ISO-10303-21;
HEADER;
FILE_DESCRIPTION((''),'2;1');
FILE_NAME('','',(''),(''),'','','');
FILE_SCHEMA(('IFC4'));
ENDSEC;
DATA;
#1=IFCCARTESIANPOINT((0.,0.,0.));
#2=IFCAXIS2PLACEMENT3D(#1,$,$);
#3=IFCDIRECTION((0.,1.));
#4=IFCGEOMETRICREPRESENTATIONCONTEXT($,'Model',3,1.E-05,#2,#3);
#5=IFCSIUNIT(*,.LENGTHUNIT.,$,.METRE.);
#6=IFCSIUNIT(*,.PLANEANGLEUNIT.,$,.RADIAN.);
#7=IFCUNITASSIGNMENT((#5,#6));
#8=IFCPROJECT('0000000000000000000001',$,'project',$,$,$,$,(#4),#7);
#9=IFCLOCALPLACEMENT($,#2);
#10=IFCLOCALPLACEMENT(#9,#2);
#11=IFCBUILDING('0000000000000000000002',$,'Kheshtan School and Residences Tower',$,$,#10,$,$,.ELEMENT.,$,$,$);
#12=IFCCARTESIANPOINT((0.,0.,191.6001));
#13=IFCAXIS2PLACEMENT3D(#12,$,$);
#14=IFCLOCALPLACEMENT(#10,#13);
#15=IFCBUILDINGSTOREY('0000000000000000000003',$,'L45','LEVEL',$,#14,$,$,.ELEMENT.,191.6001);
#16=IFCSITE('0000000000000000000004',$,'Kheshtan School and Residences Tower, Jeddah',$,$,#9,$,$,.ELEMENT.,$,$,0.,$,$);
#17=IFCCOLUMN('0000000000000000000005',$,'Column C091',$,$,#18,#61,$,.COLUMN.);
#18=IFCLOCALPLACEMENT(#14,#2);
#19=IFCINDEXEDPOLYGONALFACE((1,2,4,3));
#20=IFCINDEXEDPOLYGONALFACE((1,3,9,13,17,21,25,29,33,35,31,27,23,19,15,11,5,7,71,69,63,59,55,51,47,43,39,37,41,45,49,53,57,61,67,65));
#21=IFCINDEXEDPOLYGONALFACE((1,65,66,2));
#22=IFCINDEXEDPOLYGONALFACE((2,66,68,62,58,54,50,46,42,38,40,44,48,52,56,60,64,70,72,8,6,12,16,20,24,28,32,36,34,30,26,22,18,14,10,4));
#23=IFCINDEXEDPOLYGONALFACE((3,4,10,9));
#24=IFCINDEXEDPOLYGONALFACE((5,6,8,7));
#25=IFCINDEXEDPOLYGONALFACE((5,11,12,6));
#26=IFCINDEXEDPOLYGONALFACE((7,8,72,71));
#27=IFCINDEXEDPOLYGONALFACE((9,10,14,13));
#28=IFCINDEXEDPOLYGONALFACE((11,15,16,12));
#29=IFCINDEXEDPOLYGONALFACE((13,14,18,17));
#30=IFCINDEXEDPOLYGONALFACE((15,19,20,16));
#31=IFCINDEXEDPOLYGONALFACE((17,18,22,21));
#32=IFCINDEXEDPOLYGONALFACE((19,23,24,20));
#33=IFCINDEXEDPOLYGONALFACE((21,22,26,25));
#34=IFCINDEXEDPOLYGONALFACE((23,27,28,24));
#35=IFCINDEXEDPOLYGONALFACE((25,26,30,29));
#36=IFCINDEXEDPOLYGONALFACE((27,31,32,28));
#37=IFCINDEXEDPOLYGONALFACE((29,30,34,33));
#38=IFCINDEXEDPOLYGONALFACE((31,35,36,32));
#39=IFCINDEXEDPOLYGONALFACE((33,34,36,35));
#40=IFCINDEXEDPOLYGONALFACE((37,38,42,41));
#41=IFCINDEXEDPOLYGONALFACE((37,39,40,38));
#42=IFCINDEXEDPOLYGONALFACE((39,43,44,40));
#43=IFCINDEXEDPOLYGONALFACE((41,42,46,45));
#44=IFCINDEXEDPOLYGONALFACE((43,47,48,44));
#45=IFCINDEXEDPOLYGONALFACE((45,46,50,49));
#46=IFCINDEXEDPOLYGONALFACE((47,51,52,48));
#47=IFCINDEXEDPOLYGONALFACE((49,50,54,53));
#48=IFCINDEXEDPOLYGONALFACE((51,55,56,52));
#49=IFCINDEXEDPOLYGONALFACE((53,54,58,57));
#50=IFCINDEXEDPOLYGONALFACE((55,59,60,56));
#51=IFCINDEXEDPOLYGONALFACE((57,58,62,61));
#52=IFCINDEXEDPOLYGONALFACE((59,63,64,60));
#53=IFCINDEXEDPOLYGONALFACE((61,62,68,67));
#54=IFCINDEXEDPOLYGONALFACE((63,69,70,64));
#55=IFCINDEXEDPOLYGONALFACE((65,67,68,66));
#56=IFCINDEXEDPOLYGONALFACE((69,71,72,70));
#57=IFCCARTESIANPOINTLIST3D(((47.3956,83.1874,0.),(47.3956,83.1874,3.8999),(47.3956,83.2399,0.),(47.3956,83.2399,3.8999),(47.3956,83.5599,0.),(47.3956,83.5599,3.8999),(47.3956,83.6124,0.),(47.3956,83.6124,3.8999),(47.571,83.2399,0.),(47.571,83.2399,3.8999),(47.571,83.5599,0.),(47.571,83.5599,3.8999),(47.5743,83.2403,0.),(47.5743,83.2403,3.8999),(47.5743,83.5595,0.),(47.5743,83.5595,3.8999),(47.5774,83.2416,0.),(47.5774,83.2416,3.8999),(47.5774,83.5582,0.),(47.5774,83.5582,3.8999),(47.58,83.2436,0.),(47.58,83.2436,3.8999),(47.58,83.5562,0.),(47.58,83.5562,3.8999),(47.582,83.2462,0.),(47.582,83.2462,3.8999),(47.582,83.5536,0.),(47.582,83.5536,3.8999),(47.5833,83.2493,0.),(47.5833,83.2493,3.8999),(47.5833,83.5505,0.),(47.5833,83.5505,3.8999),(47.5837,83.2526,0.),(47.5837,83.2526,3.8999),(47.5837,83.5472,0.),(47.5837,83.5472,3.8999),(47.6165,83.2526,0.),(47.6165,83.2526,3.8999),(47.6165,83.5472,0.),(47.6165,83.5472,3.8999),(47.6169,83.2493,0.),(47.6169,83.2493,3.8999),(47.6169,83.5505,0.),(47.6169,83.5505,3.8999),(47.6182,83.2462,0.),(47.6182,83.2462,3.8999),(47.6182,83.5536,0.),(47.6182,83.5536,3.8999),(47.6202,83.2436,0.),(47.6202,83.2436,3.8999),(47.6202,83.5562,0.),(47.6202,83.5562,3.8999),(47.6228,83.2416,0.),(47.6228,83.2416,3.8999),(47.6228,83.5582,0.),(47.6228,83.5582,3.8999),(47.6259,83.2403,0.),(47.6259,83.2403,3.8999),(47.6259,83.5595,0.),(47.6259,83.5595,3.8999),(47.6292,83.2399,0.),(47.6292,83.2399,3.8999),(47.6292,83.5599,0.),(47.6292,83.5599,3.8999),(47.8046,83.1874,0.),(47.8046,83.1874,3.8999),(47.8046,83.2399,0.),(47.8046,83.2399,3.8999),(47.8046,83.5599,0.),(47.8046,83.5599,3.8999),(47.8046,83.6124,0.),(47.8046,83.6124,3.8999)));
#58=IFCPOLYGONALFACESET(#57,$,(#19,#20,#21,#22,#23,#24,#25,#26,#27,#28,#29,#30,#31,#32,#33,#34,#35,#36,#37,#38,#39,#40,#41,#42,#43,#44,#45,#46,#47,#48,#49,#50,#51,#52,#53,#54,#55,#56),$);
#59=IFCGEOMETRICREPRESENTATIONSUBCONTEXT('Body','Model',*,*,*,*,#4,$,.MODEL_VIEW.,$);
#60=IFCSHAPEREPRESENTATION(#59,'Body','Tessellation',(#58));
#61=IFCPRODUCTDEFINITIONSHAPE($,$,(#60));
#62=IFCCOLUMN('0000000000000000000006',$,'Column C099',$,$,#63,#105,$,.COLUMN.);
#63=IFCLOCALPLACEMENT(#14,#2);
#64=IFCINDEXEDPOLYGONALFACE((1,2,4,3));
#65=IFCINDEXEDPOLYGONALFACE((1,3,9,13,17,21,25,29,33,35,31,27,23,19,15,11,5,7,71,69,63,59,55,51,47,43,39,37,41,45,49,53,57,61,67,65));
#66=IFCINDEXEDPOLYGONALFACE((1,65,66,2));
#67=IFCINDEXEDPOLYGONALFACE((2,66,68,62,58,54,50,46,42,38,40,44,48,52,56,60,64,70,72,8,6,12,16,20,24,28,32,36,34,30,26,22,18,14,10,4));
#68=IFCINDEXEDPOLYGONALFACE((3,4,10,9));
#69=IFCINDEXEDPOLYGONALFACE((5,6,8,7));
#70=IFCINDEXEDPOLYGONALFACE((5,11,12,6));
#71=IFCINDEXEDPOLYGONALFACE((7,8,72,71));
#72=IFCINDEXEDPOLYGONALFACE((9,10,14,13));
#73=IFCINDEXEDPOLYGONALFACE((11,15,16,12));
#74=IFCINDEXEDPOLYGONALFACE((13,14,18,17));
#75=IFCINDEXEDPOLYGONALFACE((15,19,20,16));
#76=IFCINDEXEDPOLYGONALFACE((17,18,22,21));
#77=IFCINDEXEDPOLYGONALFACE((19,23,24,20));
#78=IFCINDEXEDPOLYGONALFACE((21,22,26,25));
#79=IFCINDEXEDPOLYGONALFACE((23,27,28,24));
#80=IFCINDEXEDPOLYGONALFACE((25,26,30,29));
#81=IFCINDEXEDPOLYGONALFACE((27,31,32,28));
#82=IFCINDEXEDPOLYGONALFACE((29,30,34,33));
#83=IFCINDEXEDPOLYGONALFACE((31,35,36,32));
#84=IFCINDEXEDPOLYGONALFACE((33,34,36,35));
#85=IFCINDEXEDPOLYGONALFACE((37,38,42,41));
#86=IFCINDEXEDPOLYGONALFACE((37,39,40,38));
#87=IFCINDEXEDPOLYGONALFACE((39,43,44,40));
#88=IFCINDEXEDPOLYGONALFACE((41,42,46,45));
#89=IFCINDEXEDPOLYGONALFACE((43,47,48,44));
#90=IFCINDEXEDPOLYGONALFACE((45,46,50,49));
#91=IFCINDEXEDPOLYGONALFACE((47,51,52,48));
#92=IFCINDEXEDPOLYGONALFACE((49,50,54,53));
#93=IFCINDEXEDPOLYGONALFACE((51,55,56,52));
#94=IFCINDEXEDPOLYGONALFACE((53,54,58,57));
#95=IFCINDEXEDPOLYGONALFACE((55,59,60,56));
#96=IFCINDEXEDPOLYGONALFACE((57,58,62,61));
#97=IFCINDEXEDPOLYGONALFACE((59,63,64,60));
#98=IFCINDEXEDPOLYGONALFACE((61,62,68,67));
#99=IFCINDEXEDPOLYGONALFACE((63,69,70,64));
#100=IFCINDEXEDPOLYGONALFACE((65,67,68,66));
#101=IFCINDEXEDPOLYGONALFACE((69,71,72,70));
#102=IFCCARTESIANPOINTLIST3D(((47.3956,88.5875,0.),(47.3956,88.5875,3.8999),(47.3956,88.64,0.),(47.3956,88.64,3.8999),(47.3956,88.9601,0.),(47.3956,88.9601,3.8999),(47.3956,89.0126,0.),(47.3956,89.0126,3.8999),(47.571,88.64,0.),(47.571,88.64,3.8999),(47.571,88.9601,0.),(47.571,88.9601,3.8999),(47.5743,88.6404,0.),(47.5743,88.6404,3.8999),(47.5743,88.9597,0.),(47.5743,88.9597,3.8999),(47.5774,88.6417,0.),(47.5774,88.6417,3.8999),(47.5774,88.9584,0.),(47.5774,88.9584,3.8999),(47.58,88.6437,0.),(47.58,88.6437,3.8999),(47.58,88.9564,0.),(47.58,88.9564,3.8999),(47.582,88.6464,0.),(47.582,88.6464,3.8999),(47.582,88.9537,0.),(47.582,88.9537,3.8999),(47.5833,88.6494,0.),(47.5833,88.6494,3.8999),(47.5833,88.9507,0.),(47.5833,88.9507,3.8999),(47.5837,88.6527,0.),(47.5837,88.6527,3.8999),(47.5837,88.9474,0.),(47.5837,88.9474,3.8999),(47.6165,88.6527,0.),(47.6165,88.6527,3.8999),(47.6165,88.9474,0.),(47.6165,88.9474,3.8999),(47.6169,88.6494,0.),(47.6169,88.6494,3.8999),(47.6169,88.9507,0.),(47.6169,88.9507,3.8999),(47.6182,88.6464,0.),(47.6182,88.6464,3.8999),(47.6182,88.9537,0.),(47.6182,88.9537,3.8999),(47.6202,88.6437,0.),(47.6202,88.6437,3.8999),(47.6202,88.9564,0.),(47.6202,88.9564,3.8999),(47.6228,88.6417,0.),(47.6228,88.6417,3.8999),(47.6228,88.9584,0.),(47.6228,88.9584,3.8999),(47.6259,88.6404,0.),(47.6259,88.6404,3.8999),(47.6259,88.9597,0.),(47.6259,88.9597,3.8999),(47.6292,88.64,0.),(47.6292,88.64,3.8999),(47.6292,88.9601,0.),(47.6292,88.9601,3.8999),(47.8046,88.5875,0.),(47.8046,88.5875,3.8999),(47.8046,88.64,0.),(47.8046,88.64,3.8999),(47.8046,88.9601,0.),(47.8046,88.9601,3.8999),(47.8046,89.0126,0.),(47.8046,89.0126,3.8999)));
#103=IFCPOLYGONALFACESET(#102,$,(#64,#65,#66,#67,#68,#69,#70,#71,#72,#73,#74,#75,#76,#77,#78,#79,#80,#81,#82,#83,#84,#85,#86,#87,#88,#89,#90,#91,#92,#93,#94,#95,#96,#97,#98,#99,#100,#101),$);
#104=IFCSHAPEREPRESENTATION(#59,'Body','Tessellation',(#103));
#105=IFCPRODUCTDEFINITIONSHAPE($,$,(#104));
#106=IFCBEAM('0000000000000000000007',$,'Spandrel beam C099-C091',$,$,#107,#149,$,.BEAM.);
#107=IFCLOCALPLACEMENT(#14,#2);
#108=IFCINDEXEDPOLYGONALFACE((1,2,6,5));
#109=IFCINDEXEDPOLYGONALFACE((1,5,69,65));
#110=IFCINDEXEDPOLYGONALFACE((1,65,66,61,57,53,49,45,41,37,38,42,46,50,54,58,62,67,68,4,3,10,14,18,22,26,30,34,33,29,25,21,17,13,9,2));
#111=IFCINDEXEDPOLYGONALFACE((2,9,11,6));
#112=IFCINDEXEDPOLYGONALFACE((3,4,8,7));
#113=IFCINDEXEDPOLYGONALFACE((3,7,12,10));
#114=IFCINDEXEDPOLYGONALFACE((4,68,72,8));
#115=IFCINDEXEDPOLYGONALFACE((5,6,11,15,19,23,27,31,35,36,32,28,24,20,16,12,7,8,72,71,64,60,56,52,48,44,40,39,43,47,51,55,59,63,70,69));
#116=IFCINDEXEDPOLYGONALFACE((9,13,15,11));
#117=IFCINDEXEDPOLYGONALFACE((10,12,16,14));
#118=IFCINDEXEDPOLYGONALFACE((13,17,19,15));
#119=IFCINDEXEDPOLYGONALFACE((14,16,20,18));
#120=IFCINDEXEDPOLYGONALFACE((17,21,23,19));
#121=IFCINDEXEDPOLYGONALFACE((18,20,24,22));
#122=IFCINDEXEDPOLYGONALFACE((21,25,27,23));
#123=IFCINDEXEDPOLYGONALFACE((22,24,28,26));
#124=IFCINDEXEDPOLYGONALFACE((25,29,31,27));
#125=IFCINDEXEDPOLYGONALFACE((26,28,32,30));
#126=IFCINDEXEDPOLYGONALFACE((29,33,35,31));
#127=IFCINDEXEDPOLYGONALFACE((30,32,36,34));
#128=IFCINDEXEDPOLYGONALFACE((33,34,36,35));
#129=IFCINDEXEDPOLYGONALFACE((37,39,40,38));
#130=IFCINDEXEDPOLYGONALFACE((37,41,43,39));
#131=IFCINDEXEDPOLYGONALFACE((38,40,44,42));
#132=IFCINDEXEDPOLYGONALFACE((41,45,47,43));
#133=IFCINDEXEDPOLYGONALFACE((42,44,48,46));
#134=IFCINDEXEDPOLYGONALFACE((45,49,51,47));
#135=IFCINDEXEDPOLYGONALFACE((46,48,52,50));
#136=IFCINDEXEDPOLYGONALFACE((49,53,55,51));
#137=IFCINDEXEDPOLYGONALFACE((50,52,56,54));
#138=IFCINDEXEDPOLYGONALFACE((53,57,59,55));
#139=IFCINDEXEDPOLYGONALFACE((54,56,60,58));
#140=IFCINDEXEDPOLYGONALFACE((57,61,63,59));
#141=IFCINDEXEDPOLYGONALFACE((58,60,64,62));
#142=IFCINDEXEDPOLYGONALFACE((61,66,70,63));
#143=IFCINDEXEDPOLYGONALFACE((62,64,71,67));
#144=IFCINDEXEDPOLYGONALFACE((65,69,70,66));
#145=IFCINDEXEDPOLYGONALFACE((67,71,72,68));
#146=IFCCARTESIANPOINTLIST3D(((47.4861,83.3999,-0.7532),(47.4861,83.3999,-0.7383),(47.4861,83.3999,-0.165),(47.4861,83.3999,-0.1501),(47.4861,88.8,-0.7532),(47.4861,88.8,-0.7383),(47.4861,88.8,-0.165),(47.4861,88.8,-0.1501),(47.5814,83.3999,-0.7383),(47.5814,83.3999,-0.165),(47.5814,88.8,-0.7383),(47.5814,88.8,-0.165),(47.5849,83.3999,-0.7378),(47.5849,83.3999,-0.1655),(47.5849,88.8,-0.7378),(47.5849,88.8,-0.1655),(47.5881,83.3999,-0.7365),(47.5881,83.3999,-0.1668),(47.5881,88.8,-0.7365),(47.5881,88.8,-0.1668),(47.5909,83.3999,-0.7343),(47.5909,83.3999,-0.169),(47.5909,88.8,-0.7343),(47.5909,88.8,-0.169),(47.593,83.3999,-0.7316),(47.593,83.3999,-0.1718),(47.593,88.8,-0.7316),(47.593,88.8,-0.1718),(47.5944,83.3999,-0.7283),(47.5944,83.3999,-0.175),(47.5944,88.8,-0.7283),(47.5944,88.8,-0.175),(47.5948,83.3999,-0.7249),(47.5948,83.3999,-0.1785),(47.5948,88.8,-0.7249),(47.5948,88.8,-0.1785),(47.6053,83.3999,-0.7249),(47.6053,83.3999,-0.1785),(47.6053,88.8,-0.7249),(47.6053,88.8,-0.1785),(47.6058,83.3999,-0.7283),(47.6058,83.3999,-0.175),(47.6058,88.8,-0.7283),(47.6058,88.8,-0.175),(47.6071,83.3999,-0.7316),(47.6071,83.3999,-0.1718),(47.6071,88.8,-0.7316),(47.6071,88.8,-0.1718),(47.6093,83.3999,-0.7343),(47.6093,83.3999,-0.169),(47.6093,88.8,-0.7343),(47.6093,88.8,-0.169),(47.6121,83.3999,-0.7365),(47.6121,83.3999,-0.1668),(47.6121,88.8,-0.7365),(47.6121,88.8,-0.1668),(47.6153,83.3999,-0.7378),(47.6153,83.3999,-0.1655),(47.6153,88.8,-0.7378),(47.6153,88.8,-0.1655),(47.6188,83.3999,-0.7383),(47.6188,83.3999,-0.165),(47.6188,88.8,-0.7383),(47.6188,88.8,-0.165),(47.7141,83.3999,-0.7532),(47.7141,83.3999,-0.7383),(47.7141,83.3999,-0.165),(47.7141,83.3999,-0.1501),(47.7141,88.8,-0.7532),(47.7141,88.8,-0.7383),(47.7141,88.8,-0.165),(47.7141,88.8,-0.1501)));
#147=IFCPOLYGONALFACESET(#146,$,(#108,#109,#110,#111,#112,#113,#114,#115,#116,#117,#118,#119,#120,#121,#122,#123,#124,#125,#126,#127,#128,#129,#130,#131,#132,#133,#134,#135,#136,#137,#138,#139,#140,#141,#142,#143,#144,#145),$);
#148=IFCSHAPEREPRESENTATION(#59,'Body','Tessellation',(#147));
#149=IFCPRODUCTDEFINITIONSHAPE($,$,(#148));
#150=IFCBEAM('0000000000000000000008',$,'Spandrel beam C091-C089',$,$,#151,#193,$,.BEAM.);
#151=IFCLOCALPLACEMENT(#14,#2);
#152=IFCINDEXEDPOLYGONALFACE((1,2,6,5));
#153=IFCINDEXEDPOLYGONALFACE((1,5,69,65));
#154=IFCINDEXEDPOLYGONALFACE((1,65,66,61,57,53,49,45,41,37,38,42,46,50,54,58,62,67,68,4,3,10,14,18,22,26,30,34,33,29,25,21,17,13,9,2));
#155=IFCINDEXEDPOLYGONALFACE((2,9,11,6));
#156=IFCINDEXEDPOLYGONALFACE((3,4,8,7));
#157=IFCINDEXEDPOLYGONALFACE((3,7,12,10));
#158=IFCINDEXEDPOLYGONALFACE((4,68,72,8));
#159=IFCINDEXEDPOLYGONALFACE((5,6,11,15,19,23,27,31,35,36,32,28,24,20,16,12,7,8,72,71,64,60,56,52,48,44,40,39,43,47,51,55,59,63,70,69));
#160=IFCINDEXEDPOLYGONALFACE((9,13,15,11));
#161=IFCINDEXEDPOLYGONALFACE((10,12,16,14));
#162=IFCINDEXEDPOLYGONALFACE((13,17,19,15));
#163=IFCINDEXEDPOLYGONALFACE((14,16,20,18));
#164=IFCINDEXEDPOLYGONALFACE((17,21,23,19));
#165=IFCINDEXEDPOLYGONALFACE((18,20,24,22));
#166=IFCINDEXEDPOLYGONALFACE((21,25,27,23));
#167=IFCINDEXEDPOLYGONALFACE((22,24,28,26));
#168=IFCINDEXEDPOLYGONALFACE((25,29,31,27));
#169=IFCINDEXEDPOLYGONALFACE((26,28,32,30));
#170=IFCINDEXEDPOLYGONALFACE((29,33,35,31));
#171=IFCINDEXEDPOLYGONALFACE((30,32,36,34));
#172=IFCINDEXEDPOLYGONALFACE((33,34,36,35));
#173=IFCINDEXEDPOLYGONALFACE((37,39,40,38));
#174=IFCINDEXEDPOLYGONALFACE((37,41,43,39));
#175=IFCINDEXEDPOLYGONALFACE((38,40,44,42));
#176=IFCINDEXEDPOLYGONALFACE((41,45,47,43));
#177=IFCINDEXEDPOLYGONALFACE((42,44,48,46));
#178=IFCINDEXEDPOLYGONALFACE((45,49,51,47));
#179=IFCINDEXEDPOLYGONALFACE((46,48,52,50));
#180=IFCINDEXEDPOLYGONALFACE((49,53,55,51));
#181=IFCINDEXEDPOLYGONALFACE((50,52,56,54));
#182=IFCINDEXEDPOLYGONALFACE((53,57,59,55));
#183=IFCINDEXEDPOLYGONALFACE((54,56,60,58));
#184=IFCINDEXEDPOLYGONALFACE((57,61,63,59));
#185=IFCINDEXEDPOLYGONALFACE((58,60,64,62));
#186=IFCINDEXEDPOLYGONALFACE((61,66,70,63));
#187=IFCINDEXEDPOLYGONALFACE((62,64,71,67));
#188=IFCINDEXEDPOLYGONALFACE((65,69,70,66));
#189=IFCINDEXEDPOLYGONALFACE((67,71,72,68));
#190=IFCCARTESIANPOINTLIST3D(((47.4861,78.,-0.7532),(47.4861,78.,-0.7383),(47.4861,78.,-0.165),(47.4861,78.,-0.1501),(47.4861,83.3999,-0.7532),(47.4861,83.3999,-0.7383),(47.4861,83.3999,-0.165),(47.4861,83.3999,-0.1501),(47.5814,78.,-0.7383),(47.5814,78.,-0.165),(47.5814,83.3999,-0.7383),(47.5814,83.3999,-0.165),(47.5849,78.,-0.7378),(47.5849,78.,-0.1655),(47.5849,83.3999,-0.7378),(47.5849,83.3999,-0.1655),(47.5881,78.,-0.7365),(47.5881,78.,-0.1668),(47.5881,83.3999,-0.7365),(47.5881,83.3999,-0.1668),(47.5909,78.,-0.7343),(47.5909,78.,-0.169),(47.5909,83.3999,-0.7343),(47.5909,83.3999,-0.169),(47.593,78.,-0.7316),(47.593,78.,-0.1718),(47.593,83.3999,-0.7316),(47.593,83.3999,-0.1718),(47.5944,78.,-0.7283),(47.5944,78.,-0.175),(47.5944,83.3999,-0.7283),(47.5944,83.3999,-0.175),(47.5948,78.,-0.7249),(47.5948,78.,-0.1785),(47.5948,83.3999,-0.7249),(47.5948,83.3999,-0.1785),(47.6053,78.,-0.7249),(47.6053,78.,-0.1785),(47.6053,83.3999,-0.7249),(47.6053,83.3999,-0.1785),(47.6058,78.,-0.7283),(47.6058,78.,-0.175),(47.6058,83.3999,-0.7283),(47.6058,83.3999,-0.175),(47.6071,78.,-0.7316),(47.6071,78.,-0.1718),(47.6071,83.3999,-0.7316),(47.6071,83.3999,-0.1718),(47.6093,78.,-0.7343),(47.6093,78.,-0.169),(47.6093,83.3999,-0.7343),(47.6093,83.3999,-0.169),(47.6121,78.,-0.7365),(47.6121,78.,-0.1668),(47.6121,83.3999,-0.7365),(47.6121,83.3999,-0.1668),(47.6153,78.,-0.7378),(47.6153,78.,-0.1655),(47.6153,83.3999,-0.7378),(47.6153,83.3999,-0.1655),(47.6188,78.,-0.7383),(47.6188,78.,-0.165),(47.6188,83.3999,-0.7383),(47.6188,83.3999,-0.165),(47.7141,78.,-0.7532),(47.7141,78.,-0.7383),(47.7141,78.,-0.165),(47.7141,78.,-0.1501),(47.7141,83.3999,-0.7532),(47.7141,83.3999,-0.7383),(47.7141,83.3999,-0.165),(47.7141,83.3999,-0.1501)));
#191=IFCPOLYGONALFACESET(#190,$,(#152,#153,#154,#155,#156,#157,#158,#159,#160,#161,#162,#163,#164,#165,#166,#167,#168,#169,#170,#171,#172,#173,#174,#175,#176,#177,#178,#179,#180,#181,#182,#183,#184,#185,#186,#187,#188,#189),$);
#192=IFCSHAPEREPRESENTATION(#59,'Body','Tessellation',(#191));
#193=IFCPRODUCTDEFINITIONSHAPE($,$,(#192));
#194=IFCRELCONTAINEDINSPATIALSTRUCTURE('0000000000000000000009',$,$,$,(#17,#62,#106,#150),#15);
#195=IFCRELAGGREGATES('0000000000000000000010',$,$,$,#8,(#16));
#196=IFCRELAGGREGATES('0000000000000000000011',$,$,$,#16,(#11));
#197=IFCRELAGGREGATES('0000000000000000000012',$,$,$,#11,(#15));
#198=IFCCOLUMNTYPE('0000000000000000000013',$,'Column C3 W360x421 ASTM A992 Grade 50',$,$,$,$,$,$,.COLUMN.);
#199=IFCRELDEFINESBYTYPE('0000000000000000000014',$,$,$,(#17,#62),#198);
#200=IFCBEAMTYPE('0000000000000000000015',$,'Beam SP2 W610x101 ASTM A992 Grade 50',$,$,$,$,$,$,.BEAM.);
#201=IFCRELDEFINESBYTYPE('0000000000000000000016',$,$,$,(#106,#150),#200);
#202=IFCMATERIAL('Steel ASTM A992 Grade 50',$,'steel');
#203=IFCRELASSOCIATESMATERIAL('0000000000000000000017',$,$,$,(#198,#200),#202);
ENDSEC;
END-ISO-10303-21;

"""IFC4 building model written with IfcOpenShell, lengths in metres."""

from ifc_helpers import new_model, si_unit, direction, frame, origin, origin_2d, place, context, subcontext, project, spatial, i_section, extrude, material, material_profile, profile_set, type_object, element, save


model = new_model("IFC4")

# Units and contexts
model_context = context("Model", 3, precision=1e-05, world=origin(), true_north=direction((0.0, 1.0)))
body_context = subcontext(model_context, "Body", "Model", "MODEL_VIEW")
ifc_project = project(units=[si_unit("LENGTHUNIT", "METRE"), si_unit("PLANEANGLEUNIT", "RADIAN")], contexts=[model_context])

# Site, building, storey
site_placement = place(None, origin())
site = spatial("IfcSite", under=ifc_project, at=site_placement, Name="Kheshtan School and Residences Tower, Jeddah", CompositionType="ELEMENT", RefElevation=0.0)
building_placement = place(site_placement, origin())
building = spatial("IfcBuilding", under=site, at=building_placement, Name="Kheshtan School and Residences Tower", CompositionType="ELEMENT")
storey_placement = place(building_placement, frame((0.0, 0.0, 191.6001)))
storey = spatial("IfcBuildingStorey", under=building, at=storey_placement, Name="L45", Description="LEVEL", CompositionType="ELEMENT", Elevation=191.6001)

# Columns
ifc_material_1 = material(Name="Steel ASTM A992 Grade 50", Category="steel")
ifc_material_profile_1 = material_profile(ifc_material_1, i_section(OverallWidth=0.4089, OverallDepth=0.425, WebThickness=0.0327, FlangeThickness=0.0525, FilletRadius=0.0127, at=origin_2d()), Name="W360x421")
ifc_profile_set_1 = profile_set([ifc_material_profile_1], Name="Steel ASTM A992 Grade 50")
column_type = type_object("IfcColumnType", Name="Column C3 W360x421 ASTM A992 Grade 50", PredefinedType="COLUMN", material=ifc_profile_set_1)
for number, where, z_axis, x_axis, name in (
    (1, (47.6001, 83.3999, 0.0), (0.0, 0.0, 1.0), (1.0, 0.0, 0.0), "Column C091"),
    (2, (47.6001, 88.8, 0.0), (0.0, 0.0, 1.0), (1.0, 0.0, 0.0), "Column C099"),
):
    element("IfcColumn", number, at=place(storey_placement, frame(where, z_axis=z_axis, x_axis=x_axis)), inside=storey, type_object=column_type, Name=name, PredefinedType="COLUMN", context=body_context, shape_type="SweptSolid", body=[
        extrude(i_section(OverallWidth=0.4089, OverallDepth=0.425, WebThickness=0.0327, FlangeThickness=0.0525, FilletRadius=0.0127, at=origin_2d()), origin(), (0.0, 0.0, 1.0), 3.8999),
    ])

# Beams
ifc_material_profile_2 = material_profile(ifc_material_1, i_section(OverallWidth=0.228, OverallDepth=0.603, WebThickness=0.0105, FlangeThickness=0.0149, FilletRadius=0.0134, at=origin_2d()), Name="W610x101")
ifc_profile_set_2 = profile_set([ifc_material_profile_2], Name="Steel ASTM A992 Grade 50")
beam_type = type_object("IfcBeamType", Name="Beam SP2 W610x101 ASTM A992 Grade 50", PredefinedType="BEAM", material=ifc_profile_set_2)
beam_1_placement = place(storey_placement, frame((47.6001, 88.8, -0.4517), z_axis=(0.0, -1.0, 0.0), x_axis=(1.0, 0.0, 0.0)))
element("IfcBeam", 3, at=beam_1_placement, inside=storey, type_object=beam_type, Name="Spandrel beam C099-C091", PredefinedType="BEAM", context=body_context, shape_type="SweptSolid", body=[
    extrude(i_section(OverallWidth=0.228, OverallDepth=0.603, WebThickness=0.0105, FlangeThickness=0.0149, FilletRadius=0.0134, at=origin_2d()), origin(), (0.0, 0.0, 1.0), 5.4001),
])
beam_2_placement = place(storey_placement, frame((47.6001, 83.3999, -0.4517), z_axis=(0.0, -1.0, 0.0), x_axis=(1.0, 0.0, 0.0)))
element("IfcBeam", 4, at=beam_2_placement, inside=storey, type_object=beam_type, Name="Spandrel beam C091-C089", PredefinedType="BEAM", context=body_context, shape_type="SweptSolid", body=[
    extrude(i_section(OverallWidth=0.228, OverallDepth=0.603, WebThickness=0.0105, FlangeThickness=0.0149, FilletRadius=0.0134, at=origin_2d()), origin(), (0.0, 0.0, 1.0), 5.3999),
])

save(model, "model.ifc")
